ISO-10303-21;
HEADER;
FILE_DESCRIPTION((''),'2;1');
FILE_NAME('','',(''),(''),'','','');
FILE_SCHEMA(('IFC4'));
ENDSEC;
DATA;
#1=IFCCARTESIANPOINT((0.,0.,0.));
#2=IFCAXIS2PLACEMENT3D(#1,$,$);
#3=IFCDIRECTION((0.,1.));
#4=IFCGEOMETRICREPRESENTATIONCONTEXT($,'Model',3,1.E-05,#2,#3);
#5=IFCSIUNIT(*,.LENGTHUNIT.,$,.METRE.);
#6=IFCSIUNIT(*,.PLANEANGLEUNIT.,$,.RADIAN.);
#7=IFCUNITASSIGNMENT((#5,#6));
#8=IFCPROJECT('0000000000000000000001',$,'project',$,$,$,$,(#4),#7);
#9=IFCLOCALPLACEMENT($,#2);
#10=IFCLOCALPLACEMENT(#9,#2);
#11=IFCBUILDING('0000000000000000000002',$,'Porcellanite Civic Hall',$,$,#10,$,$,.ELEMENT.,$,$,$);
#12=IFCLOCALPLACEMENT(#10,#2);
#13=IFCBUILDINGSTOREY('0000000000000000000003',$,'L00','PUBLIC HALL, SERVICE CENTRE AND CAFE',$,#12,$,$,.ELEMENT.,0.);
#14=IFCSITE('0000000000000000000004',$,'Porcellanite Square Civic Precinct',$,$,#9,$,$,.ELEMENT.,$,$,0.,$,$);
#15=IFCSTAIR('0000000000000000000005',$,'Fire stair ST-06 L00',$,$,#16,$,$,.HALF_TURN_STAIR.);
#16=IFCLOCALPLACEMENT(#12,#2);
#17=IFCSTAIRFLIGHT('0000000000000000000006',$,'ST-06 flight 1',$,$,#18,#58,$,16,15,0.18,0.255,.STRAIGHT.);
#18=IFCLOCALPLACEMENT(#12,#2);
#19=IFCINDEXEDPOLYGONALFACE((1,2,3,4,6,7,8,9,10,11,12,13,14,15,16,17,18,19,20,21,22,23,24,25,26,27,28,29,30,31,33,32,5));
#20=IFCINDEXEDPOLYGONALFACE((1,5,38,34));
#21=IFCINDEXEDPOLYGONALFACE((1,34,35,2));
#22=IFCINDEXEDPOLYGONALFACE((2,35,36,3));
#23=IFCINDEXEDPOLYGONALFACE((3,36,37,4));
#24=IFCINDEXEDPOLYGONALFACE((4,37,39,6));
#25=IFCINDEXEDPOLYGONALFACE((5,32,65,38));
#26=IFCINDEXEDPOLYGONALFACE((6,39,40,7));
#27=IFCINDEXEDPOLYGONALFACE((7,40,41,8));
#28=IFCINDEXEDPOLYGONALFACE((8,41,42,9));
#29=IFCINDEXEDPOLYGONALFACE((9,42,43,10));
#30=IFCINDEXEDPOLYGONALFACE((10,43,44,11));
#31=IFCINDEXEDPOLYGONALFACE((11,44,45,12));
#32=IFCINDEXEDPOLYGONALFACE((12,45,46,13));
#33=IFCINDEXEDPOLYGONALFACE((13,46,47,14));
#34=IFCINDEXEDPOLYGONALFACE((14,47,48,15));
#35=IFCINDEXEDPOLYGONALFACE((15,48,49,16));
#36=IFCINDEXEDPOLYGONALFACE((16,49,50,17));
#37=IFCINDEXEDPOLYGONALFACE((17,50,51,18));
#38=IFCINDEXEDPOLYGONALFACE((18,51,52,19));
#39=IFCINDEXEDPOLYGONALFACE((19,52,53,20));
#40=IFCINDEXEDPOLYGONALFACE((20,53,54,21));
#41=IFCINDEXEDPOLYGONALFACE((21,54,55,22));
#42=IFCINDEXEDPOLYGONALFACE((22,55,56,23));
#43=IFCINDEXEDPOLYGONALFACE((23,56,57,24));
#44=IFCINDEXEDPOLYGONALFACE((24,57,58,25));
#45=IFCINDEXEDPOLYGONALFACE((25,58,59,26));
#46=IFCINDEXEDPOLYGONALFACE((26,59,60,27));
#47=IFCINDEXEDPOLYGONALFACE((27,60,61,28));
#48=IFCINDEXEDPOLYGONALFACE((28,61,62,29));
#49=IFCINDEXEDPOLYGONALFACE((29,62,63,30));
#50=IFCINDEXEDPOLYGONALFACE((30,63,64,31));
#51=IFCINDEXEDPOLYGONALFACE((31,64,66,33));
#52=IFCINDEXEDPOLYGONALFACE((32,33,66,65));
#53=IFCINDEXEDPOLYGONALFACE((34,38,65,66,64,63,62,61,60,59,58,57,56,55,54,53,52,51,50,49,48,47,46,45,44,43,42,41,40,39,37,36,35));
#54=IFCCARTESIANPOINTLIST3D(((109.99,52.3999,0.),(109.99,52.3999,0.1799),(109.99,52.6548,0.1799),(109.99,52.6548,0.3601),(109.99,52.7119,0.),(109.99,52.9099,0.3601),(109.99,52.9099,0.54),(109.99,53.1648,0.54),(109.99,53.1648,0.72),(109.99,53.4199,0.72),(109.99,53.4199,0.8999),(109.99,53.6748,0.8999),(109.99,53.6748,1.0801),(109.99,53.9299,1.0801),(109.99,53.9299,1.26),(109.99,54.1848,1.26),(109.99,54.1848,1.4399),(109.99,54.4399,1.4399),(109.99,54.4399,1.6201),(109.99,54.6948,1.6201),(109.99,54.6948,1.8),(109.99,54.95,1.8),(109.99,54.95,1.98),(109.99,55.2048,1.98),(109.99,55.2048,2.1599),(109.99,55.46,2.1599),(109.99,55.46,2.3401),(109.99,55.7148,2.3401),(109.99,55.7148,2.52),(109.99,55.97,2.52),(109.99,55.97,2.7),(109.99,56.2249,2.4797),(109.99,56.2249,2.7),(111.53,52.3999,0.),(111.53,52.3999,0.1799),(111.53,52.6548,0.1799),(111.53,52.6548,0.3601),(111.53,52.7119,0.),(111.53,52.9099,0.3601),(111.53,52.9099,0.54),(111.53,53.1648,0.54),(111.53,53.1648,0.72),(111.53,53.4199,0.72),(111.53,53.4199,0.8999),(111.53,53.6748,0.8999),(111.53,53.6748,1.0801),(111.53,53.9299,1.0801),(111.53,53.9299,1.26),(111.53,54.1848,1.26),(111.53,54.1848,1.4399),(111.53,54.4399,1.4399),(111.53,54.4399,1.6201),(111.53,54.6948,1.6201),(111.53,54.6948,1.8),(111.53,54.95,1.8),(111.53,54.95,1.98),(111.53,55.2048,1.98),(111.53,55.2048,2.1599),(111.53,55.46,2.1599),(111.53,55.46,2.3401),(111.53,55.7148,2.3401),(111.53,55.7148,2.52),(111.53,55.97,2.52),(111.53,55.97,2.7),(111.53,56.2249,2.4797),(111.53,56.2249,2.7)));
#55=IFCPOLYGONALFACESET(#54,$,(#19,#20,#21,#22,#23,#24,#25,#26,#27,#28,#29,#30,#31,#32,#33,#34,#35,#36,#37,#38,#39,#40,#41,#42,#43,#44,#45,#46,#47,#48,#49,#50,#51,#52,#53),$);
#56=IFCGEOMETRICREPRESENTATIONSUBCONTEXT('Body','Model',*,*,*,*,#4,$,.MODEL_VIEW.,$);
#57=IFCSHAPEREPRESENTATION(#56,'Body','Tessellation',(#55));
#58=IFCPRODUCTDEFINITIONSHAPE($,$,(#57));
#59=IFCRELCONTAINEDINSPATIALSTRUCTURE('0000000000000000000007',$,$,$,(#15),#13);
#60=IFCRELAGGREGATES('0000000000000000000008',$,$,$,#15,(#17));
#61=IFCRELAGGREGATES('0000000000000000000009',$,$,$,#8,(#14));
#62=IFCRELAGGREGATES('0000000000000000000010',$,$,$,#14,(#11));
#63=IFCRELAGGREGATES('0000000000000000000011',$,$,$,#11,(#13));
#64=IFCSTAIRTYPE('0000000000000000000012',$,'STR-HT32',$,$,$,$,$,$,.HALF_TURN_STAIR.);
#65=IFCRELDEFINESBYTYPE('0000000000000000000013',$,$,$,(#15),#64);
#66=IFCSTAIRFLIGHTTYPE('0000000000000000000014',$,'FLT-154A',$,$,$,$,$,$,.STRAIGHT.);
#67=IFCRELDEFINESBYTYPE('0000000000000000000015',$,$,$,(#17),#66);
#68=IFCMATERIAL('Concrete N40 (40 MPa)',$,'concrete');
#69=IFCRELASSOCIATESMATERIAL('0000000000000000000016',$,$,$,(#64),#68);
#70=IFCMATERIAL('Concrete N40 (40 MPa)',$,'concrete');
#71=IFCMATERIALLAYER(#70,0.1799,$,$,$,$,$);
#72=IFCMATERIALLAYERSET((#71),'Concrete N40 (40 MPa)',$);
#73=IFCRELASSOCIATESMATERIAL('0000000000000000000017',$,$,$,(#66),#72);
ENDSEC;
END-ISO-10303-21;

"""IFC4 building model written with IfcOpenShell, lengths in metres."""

from ifc_helpers import new_model, si_unit, direction, frame, origin, place, context, subcontext, project, spatial, polyline, outline, extrude, material, layer, layer_set, type_object, element, aggregate, save


model = new_model("IFC4")

# Units and contexts
model_context = context("Model", 3, precision=1e-05, world=origin(), true_north=direction((0.0, 1.0)))
body_context = subcontext(model_context, "Body", "Model", "MODEL_VIEW")
ifc_project = project(units=[si_unit("LENGTHUNIT", "METRE"), si_unit("PLANEANGLEUNIT", "RADIAN")], contexts=[model_context])

# Site, building, storey
site_placement = place(None, origin())
site = spatial("IfcSite", under=ifc_project, at=site_placement, Name="Porcellanite Square Civic Precinct", CompositionType="ELEMENT", RefElevation=0.0)
building_placement = place(site_placement, origin())
building = spatial("IfcBuilding", under=site, at=building_placement, Name="Porcellanite Civic Hall", CompositionType="ELEMENT")
storey_placement = place(building_placement, origin())
storey = spatial("IfcBuildingStorey", under=building, at=storey_placement, Name="L00", Description="PUBLIC HALL, SERVICE CENTRE AND CAFE", CompositionType="ELEMENT", Elevation=0.0)

# Stair, stair flight
ifc_material_1 = material(Name="Concrete N40 (40 MPa)", Category="concrete")
stair_type = type_object("IfcStairType", Name="STR-HT32", PredefinedType="HALF_TURN_STAIR", material=ifc_material_1)
stair_placement = place(storey_placement, origin())
stair = element("IfcStair", 1, at=stair_placement, inside=storey, type_object=stair_type, Name="Fire stair ST-06 L00", PredefinedType="HALF_TURN_STAIR")
ifc_material_2 = material(Name="Concrete N40 (40 MPa)", Category="concrete")
ifc_layer_1 = layer(ifc_material_2, 0.1799)
ifc_layer_set_1 = layer_set([ifc_layer_1], Name="Concrete N40 (40 MPa)")
stair_flight_type = type_object("IfcStairFlightType", Name="FLT-154A", PredefinedType="STRAIGHT", material=ifc_layer_set_1)
stair_flight_placement = place(storey_placement, frame((110.76, 52.3999, 0.0), z_axis=(0.0, 0.0, 1.0), x_axis=(0.0, 1.0, 0.0)))
stair_flight = element("IfcStairFlight", 2, at=stair_flight_placement, type_object=stair_flight_type, Name="ST-06 flight 1", NumberOfRisers=16, NumberOfTreads=15, PredefinedType="STRAIGHT", RiserHeight=0.18, TreadLength=0.255, context=body_context, shape_type="SweptSolid", body=[
    extrude(outline(polyline([(0.0, 0.0), (0.0, 0.1799), (0.2549, 0.1799), (0.2549, 0.3601), (0.51, 0.3601), (0.51, 0.54), (0.7649, 0.54), (0.7649, 0.72), (1.02, 0.72), (1.02, 0.8999), (1.2749, 0.8999), (1.2749, 1.0801), (1.53, 1.0801), (1.53, 1.26), (1.7849, 1.26), (1.7849, 1.4399), (2.04, 1.4399), (2.04, 1.6201), (2.2949, 1.6201), (2.2949, 1.8), (2.55, 1.8), (2.55, 1.98), (2.8049, 1.98), (2.8049, 2.1599), (3.0601, 2.1599), (3.0601, 2.3401), (3.3149, 2.3401), (3.3149, 2.52), (3.5701, 2.52), (3.5701, 2.7), (3.825, 2.7), (3.825, 2.8799), (3.825, 2.4797), (0.312, 0.0), (0.0, 0.0)])), frame((0.0, 0.77, 0.0), z_axis=(0.0, -1.0, 0.0), x_axis=(1.0, 0.0, 0.0)), (0.0, 0.0, 1.0), 1.54),
])
aggregate(stair, [stair_flight])

save(model, "model.ifc")
